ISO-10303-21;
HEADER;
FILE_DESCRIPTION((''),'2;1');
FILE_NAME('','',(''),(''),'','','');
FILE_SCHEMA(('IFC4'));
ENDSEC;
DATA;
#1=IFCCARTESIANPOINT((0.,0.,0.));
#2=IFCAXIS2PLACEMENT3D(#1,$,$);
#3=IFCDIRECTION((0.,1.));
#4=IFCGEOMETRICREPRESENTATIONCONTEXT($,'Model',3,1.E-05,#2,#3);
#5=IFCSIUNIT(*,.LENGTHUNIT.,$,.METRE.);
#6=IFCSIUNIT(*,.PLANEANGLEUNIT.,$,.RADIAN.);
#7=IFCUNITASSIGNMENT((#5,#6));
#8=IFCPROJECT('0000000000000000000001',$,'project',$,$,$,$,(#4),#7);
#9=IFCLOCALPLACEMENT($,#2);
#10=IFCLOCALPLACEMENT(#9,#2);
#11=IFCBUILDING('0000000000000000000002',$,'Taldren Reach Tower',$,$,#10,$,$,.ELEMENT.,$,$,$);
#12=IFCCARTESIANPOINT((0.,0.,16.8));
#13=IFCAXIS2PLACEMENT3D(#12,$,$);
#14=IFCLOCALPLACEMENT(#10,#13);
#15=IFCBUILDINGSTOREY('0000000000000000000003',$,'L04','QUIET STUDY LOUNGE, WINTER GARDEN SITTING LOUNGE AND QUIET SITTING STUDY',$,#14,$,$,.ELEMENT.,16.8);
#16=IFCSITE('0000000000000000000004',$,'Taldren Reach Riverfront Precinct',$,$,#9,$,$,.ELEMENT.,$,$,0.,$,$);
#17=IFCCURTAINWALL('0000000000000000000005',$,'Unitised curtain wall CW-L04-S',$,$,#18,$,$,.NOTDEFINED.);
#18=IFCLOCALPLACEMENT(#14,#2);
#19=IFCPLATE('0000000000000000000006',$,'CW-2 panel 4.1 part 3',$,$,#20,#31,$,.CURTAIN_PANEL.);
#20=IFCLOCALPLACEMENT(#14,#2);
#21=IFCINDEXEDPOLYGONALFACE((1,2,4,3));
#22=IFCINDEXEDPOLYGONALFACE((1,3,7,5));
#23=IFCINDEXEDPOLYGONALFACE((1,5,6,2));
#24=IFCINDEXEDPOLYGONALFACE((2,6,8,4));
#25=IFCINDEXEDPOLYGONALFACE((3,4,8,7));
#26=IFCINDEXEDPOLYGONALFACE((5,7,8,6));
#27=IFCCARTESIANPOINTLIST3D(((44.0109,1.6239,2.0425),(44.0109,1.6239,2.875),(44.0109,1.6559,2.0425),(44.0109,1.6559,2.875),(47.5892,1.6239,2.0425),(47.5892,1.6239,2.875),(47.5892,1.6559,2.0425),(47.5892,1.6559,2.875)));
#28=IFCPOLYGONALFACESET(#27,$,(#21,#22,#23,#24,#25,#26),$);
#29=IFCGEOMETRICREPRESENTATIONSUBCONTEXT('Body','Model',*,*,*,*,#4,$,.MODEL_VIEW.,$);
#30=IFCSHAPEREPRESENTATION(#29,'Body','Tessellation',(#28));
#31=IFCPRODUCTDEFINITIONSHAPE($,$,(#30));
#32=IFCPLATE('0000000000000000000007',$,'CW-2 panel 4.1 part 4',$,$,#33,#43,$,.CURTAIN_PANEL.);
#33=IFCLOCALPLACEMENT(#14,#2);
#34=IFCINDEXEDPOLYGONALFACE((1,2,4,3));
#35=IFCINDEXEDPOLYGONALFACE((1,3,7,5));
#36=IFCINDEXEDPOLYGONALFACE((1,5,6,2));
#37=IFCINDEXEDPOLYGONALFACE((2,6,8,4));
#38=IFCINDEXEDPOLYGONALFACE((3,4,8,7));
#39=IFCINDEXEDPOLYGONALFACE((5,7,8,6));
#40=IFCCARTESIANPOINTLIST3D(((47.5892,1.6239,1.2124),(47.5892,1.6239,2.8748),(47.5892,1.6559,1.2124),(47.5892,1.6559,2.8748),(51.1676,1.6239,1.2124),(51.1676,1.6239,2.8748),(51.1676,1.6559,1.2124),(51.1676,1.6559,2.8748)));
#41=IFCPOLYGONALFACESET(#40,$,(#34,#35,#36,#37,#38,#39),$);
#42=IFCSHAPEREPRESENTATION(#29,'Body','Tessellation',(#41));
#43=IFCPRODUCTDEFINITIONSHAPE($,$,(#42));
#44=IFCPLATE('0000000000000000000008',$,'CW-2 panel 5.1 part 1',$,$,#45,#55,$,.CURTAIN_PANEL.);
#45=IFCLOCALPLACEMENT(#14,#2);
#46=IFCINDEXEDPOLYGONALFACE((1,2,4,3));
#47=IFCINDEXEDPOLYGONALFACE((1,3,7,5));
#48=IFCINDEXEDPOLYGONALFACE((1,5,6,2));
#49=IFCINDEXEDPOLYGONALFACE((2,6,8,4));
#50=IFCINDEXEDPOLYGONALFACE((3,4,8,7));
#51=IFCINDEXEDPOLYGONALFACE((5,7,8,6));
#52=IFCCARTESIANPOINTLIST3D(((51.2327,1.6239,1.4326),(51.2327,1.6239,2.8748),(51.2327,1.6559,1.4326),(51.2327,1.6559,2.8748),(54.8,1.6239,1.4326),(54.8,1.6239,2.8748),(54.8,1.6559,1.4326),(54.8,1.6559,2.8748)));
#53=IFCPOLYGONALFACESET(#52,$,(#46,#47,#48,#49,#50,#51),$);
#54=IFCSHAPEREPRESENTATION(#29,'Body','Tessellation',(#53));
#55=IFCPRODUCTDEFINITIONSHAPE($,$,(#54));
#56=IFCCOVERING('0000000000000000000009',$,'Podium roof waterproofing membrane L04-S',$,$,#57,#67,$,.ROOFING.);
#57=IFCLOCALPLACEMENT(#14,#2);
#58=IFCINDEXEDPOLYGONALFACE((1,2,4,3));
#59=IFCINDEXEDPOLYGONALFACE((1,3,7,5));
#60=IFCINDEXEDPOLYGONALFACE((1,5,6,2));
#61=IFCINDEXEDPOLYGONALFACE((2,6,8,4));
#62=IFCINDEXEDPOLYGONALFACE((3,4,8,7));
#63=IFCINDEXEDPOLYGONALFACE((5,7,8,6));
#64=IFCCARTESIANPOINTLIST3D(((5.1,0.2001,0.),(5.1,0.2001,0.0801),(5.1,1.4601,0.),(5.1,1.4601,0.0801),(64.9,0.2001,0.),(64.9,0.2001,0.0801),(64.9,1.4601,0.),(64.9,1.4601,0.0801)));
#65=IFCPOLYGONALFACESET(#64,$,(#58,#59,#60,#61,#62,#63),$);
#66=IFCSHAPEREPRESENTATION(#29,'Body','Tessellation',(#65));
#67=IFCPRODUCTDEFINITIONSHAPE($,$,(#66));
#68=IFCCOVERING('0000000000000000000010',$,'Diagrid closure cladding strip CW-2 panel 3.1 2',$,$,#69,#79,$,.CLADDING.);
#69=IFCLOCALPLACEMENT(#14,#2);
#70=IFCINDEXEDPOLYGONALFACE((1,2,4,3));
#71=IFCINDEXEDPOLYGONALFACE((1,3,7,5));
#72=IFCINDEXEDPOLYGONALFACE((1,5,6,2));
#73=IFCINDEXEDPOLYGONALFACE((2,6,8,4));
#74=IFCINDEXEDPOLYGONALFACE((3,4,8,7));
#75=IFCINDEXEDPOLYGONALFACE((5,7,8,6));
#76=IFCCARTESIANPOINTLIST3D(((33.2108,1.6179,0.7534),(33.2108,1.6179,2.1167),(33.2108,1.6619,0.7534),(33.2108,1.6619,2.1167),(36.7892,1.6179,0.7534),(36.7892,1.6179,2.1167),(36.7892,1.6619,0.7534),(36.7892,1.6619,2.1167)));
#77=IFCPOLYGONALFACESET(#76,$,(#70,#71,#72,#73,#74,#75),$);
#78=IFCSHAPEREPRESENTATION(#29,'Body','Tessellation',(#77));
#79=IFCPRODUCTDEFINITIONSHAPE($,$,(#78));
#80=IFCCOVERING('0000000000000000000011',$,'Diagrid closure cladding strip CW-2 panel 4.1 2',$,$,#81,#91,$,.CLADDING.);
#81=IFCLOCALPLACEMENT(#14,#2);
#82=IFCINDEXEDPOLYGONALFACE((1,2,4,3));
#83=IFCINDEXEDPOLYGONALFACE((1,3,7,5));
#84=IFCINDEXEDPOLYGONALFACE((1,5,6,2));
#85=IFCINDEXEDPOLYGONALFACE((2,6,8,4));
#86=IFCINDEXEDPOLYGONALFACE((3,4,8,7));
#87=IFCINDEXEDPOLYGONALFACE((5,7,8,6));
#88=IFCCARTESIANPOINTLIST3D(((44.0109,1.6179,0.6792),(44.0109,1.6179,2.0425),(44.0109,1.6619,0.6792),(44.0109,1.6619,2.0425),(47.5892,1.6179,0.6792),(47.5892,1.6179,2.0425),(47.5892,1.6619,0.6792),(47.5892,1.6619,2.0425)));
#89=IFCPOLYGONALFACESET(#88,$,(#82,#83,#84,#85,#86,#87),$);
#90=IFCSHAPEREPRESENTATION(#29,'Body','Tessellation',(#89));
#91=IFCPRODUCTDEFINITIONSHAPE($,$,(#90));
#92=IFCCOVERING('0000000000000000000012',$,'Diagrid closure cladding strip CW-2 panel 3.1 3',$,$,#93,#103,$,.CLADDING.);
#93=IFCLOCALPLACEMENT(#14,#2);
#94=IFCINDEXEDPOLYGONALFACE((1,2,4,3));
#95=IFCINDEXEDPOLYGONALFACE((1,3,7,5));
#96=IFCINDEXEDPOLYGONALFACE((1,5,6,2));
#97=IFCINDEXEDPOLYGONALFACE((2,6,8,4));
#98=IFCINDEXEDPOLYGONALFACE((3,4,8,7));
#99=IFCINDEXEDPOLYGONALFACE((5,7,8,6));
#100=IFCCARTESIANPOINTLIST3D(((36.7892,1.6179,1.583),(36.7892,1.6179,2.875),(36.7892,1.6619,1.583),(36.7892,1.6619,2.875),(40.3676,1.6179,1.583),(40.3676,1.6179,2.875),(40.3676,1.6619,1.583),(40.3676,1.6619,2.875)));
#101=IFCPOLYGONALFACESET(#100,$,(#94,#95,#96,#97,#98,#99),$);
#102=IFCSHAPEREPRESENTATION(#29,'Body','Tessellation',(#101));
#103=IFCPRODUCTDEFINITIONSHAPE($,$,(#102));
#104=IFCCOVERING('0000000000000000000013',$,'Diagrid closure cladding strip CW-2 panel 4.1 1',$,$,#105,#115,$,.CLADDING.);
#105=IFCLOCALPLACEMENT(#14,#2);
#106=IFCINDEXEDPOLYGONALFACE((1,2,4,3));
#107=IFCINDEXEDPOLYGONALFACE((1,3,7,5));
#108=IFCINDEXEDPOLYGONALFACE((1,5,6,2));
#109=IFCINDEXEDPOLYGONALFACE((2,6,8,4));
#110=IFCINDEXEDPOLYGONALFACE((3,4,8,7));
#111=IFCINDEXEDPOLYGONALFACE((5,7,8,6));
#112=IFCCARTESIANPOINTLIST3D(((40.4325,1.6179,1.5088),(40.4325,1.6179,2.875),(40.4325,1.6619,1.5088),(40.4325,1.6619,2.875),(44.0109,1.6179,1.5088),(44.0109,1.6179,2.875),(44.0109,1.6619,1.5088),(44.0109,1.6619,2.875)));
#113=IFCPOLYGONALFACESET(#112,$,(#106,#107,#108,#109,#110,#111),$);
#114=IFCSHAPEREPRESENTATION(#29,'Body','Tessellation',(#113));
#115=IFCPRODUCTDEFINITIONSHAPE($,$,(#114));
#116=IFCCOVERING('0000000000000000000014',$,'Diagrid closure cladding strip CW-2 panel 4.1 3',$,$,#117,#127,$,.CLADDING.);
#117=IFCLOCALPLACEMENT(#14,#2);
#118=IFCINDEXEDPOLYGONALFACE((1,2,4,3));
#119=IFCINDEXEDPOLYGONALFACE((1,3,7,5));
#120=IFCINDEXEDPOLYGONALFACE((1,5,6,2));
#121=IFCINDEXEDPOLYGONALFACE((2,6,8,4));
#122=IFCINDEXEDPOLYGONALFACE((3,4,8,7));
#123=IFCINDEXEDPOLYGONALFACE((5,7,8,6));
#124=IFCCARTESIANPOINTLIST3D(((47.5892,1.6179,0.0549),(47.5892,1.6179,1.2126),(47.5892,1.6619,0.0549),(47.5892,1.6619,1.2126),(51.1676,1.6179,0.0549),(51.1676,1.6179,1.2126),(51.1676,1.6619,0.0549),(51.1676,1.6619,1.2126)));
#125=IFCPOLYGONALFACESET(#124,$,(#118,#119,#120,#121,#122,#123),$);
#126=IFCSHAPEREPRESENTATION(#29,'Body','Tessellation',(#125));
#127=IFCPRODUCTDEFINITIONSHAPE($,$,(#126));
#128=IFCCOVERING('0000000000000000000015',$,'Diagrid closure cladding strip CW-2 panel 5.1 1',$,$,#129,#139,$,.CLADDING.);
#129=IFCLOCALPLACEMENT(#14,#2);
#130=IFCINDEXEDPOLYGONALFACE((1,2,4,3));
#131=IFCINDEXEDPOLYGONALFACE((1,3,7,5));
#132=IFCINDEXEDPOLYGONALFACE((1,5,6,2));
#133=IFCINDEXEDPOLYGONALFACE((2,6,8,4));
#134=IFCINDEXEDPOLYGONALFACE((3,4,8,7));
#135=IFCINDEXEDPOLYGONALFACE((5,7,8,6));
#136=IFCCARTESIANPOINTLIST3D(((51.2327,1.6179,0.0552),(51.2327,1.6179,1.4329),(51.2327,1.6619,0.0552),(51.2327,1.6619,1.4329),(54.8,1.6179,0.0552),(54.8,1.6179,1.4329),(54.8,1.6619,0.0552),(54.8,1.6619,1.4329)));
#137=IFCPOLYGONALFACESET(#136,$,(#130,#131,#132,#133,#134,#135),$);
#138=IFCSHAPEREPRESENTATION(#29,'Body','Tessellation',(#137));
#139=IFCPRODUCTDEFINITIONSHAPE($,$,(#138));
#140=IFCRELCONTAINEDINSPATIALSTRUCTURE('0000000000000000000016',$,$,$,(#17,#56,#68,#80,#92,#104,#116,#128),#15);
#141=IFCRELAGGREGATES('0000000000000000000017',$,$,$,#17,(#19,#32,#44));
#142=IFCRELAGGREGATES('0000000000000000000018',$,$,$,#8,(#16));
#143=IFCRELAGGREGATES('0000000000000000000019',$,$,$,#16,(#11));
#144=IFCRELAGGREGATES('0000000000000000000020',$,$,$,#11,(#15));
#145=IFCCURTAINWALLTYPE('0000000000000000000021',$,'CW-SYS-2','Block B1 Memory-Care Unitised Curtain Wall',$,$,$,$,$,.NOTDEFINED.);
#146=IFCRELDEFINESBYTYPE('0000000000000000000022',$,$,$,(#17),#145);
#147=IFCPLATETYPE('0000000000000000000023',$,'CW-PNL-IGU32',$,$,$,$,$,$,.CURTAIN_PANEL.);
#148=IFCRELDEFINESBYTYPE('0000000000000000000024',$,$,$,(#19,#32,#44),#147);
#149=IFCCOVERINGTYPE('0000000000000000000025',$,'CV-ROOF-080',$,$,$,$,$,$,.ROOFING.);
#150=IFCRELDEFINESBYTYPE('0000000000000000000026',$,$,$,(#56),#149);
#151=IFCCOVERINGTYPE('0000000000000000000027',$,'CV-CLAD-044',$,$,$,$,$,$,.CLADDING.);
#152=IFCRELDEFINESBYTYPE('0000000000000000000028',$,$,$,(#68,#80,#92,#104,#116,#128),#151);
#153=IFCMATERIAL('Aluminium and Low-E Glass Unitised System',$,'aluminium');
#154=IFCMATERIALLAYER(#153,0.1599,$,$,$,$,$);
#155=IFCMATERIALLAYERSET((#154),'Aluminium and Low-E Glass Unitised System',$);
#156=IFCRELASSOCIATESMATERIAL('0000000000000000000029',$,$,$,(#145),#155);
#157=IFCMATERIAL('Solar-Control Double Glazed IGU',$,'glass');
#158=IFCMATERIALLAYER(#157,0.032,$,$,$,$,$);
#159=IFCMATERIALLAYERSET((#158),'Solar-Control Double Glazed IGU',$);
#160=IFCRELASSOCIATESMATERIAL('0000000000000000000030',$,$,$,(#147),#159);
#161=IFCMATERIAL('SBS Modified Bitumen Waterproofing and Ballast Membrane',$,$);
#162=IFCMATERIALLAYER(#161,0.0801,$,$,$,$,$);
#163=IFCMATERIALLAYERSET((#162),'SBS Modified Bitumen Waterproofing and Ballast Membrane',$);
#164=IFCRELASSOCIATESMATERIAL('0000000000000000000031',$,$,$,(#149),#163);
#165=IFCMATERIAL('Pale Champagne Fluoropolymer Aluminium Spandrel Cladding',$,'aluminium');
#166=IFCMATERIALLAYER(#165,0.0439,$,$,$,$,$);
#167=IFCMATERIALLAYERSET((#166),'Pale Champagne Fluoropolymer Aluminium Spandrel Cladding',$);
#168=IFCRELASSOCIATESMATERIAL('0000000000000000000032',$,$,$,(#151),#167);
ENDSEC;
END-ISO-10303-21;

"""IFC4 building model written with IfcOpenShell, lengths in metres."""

from ifc_helpers import new_model, si_unit, direction, frame, origin, origin_2d, place, context, subcontext, project, spatial, rectangle, extrude, source, transform, mapped, material, layer, layer_set, type_object, element, aggregate, save


model = new_model("IFC4")

# Units and contexts
model_context = context("Model", 3, precision=1e-05, world=origin(), true_north=direction((0.0, 1.0)))
body_context = subcontext(model_context, "Body", "Model", "MODEL_VIEW")
ifc_project = project(units=[si_unit("LENGTHUNIT", "METRE"), si_unit("PLANEANGLEUNIT", "RADIAN")], contexts=[model_context])

# Site, building, storey
site_placement = place(None, origin())
site = spatial("IfcSite", under=ifc_project, at=site_placement, Name="Taldren Reach Riverfront Precinct", CompositionType="ELEMENT", RefElevation=0.0)
building_placement = place(site_placement, origin())
building = spatial("IfcBuilding", under=site, at=building_placement, Name="Taldren Reach Tower", CompositionType="ELEMENT")
storey_placement = place(building_placement, frame((0.0, 0.0, 16.8)))
storey = spatial("IfcBuildingStorey", under=building, at=storey_placement, Name="L04", Description="QUIET STUDY LOUNGE, WINTER GARDEN SITTING LOUNGE AND QUIET SITTING STUDY", CompositionType="ELEMENT", Elevation=16.8)

# Curtain wall
ifc_material_1 = material(Name="Aluminium and Low-E Glass Unitised System", Category="aluminium")
ifc_layer_1 = layer(ifc_material_1, 0.1599)
ifc_layer_set_1 = layer_set([ifc_layer_1], Name="Aluminium and Low-E Glass Unitised System")
curtain_wall_type = type_object("IfcCurtainWallType", Name="CW-SYS-2", Description="Block B1 Memory-Care Unitised Curtain Wall", PredefinedType="NOTDEFINED", material=ifc_layer_set_1)
curtain_wall_placement = place(storey_placement, origin())
curtain_wall = element("IfcCurtainWall", 1, at=curtain_wall_placement, inside=storey, type_object=curtain_wall_type, Name="Unitised curtain wall CW-L04-S", PredefinedType="NOTDEFINED")

# Plates
ifc_material_2 = material(Name="Solar-Control Double Glazed IGU", Category="glass")
ifc_layer_2 = layer(ifc_material_2, 0.032)
ifc_layer_set_2 = layer_set([ifc_layer_2], Name="Solar-Control Double Glazed IGU")
plate_type_1 = type_object("IfcPlateType", Name="CW-PNL-IGU32", PredefinedType="CURTAIN_PANEL", material=ifc_layer_set_2)
shared_shape_1 = source(origin(), body_context, "Body", "SweptSolid", [
    extrude(rectangle(XDim=3.5784, YDim=0.032, at=origin_2d()), origin(), (0.0, 0.0, 1.0), 0.8325),
])
plate_1_placement = place(storey_placement, frame((45.8, 1.6399, 2.0425), z_axis=(0.0, 0.0, 1.0), x_axis=(1.0, 0.0, 0.0)))
plate_1 = element("IfcPlate", 2, at=plate_1_placement, type_object=plate_type_1, Name="CW-2 panel 4.1 part 3", PredefinedType="CURTAIN_PANEL", context=body_context, shape_type="MappedRepresentation", body=[
    mapped(shared_shape_1, transform((0.0, 0.0, 0.0), scale=1.0)),
])
shared_shape_2 = source(origin(), body_context, "Body", "SweptSolid", [
    extrude(rectangle(XDim=3.5784, YDim=0.032, at=origin_2d()), origin(), (0.0, 0.0, 1.0), 1.6624),
])
plate_2_placement = place(storey_placement, frame((49.3784, 1.6399, 1.2124), z_axis=(0.0, 0.0, 1.0), x_axis=(1.0, 0.0, 0.0)))
plate_2 = element("IfcPlate", 3, at=plate_2_placement, type_object=plate_type_1, Name="CW-2 panel 4.1 part 4", PredefinedType="CURTAIN_PANEL", context=body_context, shape_type="MappedRepresentation", body=[
    mapped(shared_shape_2, transform((0.0, 0.0, 0.0), scale=1.0)),
])
shared_shape_3 = source(origin(), body_context, "Body", "SweptSolid", [
    extrude(rectangle(XDim=3.5674, YDim=0.032, at=origin_2d()), origin(), (0.0, 0.0, 1.0), 1.4421),
])
plate_3_placement = place(storey_placement, frame((53.0164, 1.6399, 1.4326), z_axis=(0.0, 0.0, 1.0), x_axis=(1.0, 0.0, 0.0)))
plate_3 = element("IfcPlate", 4, at=plate_3_placement, type_object=plate_type_1, Name="CW-2 panel 5.1 part 1", PredefinedType="CURTAIN_PANEL", context=body_context, shape_type="MappedRepresentation", body=[
    mapped(shared_shape_3, transform((0.0, 0.0, 0.0), scale=1.0)),
])
aggregate(curtain_wall, [plate_1, plate_2, plate_3])

# Coverings
ifc_material_3 = material(Name="SBS Modified Bitumen Waterproofing and Ballast Membrane")
ifc_layer_3 = layer(ifc_material_3, 0.0801)
ifc_layer_set_3 = layer_set([ifc_layer_3], Name="SBS Modified Bitumen Waterproofing and Ballast Membrane")
covering_type_1 = type_object("IfcCoveringType", Name="CV-ROOF-080", PredefinedType="ROOFING", material=ifc_layer_set_3)
shared_shape_4 = source(origin(), body_context, "Body", "SweptSolid", [
    extrude(rectangle(XDim=59.8, YDim=1.26, at=origin_2d()), origin(), (0.0, 0.0, 1.0), 0.0801),
])
covering_1_placement = place(storey_placement, frame((35.0, 0.8301, 0.0), z_axis=(0.0, 0.0, 1.0), x_axis=(1.0, 0.0, 0.0)))
element("IfcCovering", 5, at=covering_1_placement, inside=storey, type_object=covering_type_1, Name="Podium roof waterproofing membrane L04-S", PredefinedType="ROOFING", context=body_context, shape_type="MappedRepresentation", body=[
    mapped(shared_shape_4, transform((0.0, 0.0, 0.0), scale=1.0)),
])
ifc_material_4 = material(Name="Pale Champagne Fluoropolymer Aluminium Spandrel Cladding", Category="aluminium")
ifc_layer_4 = layer(ifc_material_4, 0.0439)
ifc_layer_set_4 = layer_set([ifc_layer_4], Name="Pale Champagne Fluoropolymer Aluminium Spandrel Cladding")
covering_type_2 = type_object("IfcCoveringType", Name="CV-CLAD-044", PredefinedType="CLADDING", material=ifc_layer_set_4)
shared_shape_5 = source(origin(), body_context, "Body", "SweptSolid", [
    extrude(rectangle(XDim=3.5784, YDim=0.0439, at=origin_2d()), origin(), (0.0, 0.0, 1.0), 1.3633),
])
for number, where, z_axis, x_axis, name in (
    (6, (35.0, 1.6399, 0.7534), (0.0, 0.0, 1.0), (1.0, 0.0, 0.0), "Diagrid closure cladding strip CW-2 panel 3.1 2"),
    (7, (45.8, 1.6399, 0.6792), (0.0, 0.0, 1.0), (1.0, 0.0, 0.0), "Diagrid closure cladding strip CW-2 panel 4.1 2"),
):
    element("IfcCovering", number, at=place(storey_placement, frame(where, z_axis=z_axis, x_axis=x_axis)), inside=storey, type_object=covering_type_2, Name=name, PredefinedType="CLADDING", context=body_context, shape_type="MappedRepresentation", body=[
        mapped(shared_shape_5, transform((0.0, 0.0, 0.0), scale=1.0)),
    ])
shared_shape_6 = source(origin(), body_context, "Body", "SweptSolid", [
    extrude(rectangle(XDim=3.5784, YDim=0.0439, at=origin_2d()), origin(), (0.0, 0.0, 1.0), 1.292),
])
covering_2_placement = place(storey_placement, frame((38.5784, 1.6399, 1.583), z_axis=(0.0, 0.0, 1.0), x_axis=(1.0, 0.0, 0.0)))
element("IfcCovering", 8, at=covering_2_placement, inside=storey, type_object=covering_type_2, Name="Diagrid closure cladding strip CW-2 panel 3.1 3", PredefinedType="CLADDING", context=body_context, shape_type="MappedRepresentation", body=[
    mapped(shared_shape_6, transform((0.0, 0.0, 0.0), scale=1.0)),
])
shared_shape_7 = source(origin(), body_context, "Body", "SweptSolid", [
    extrude(rectangle(XDim=3.5784, YDim=0.0439, at=origin_2d()), origin(), (0.0, 0.0, 1.0), 1.3662),
])
covering_3_placement = place(storey_placement, frame((42.2217, 1.6399, 1.5088), z_axis=(0.0, 0.0, 1.0), x_axis=(1.0, 0.0, 0.0)))
element("IfcCovering", 9, at=covering_3_placement, inside=storey, type_object=covering_type_2, Name="Diagrid closure cladding strip CW-2 panel 4.1 1", PredefinedType="CLADDING", context=body_context, shape_type="MappedRepresentation", body=[
    mapped(shared_shape_7, transform((0.0, 0.0, 0.0), scale=1.0)),
])
shared_shape_8 = source(origin(), body_context, "Body", "SweptSolid", [
    extrude(rectangle(XDim=3.5784, YDim=0.0439, at=origin_2d()), origin(), (0.0, 0.0, 1.0), 1.1577),
])
covering_4_placement = place(storey_placement, frame((49.3784, 1.6399, 0.0549), z_axis=(0.0, 0.0, 1.0), x_axis=(1.0, 0.0, 0.0)))
element("IfcCovering", 10, at=covering_4_placement, inside=storey, type_object=covering_type_2, Name="Diagrid closure cladding strip CW-2 panel 4.1 3", PredefinedType="CLADDING", context=body_context, shape_type="MappedRepresentation", body=[
    mapped(shared_shape_8, transform((0.0, 0.0, 0.0), scale=1.0)),
])
shared_shape_9 = source(origin(), body_context, "Body", "SweptSolid", [
    extrude(rectangle(XDim=3.5674, YDim=0.0439, at=origin_2d()), origin(), (0.0, 0.0, 1.0), 1.3777),
])
covering_5_placement = place(storey_placement, frame((53.0164, 1.6399, 0.0552), z_axis=(0.0, 0.0, 1.0), x_axis=(1.0, 0.0, 0.0)))
element("IfcCovering", 11, at=covering_5_placement, inside=storey, type_object=covering_type_2, Name="Diagrid closure cladding strip CW-2 panel 5.1 1", PredefinedType="CLADDING", context=body_context, shape_type="MappedRepresentation", body=[
    mapped(shared_shape_9, transform((0.0, 0.0, 0.0), scale=1.0)),
])

save(model, "model.ifc")
